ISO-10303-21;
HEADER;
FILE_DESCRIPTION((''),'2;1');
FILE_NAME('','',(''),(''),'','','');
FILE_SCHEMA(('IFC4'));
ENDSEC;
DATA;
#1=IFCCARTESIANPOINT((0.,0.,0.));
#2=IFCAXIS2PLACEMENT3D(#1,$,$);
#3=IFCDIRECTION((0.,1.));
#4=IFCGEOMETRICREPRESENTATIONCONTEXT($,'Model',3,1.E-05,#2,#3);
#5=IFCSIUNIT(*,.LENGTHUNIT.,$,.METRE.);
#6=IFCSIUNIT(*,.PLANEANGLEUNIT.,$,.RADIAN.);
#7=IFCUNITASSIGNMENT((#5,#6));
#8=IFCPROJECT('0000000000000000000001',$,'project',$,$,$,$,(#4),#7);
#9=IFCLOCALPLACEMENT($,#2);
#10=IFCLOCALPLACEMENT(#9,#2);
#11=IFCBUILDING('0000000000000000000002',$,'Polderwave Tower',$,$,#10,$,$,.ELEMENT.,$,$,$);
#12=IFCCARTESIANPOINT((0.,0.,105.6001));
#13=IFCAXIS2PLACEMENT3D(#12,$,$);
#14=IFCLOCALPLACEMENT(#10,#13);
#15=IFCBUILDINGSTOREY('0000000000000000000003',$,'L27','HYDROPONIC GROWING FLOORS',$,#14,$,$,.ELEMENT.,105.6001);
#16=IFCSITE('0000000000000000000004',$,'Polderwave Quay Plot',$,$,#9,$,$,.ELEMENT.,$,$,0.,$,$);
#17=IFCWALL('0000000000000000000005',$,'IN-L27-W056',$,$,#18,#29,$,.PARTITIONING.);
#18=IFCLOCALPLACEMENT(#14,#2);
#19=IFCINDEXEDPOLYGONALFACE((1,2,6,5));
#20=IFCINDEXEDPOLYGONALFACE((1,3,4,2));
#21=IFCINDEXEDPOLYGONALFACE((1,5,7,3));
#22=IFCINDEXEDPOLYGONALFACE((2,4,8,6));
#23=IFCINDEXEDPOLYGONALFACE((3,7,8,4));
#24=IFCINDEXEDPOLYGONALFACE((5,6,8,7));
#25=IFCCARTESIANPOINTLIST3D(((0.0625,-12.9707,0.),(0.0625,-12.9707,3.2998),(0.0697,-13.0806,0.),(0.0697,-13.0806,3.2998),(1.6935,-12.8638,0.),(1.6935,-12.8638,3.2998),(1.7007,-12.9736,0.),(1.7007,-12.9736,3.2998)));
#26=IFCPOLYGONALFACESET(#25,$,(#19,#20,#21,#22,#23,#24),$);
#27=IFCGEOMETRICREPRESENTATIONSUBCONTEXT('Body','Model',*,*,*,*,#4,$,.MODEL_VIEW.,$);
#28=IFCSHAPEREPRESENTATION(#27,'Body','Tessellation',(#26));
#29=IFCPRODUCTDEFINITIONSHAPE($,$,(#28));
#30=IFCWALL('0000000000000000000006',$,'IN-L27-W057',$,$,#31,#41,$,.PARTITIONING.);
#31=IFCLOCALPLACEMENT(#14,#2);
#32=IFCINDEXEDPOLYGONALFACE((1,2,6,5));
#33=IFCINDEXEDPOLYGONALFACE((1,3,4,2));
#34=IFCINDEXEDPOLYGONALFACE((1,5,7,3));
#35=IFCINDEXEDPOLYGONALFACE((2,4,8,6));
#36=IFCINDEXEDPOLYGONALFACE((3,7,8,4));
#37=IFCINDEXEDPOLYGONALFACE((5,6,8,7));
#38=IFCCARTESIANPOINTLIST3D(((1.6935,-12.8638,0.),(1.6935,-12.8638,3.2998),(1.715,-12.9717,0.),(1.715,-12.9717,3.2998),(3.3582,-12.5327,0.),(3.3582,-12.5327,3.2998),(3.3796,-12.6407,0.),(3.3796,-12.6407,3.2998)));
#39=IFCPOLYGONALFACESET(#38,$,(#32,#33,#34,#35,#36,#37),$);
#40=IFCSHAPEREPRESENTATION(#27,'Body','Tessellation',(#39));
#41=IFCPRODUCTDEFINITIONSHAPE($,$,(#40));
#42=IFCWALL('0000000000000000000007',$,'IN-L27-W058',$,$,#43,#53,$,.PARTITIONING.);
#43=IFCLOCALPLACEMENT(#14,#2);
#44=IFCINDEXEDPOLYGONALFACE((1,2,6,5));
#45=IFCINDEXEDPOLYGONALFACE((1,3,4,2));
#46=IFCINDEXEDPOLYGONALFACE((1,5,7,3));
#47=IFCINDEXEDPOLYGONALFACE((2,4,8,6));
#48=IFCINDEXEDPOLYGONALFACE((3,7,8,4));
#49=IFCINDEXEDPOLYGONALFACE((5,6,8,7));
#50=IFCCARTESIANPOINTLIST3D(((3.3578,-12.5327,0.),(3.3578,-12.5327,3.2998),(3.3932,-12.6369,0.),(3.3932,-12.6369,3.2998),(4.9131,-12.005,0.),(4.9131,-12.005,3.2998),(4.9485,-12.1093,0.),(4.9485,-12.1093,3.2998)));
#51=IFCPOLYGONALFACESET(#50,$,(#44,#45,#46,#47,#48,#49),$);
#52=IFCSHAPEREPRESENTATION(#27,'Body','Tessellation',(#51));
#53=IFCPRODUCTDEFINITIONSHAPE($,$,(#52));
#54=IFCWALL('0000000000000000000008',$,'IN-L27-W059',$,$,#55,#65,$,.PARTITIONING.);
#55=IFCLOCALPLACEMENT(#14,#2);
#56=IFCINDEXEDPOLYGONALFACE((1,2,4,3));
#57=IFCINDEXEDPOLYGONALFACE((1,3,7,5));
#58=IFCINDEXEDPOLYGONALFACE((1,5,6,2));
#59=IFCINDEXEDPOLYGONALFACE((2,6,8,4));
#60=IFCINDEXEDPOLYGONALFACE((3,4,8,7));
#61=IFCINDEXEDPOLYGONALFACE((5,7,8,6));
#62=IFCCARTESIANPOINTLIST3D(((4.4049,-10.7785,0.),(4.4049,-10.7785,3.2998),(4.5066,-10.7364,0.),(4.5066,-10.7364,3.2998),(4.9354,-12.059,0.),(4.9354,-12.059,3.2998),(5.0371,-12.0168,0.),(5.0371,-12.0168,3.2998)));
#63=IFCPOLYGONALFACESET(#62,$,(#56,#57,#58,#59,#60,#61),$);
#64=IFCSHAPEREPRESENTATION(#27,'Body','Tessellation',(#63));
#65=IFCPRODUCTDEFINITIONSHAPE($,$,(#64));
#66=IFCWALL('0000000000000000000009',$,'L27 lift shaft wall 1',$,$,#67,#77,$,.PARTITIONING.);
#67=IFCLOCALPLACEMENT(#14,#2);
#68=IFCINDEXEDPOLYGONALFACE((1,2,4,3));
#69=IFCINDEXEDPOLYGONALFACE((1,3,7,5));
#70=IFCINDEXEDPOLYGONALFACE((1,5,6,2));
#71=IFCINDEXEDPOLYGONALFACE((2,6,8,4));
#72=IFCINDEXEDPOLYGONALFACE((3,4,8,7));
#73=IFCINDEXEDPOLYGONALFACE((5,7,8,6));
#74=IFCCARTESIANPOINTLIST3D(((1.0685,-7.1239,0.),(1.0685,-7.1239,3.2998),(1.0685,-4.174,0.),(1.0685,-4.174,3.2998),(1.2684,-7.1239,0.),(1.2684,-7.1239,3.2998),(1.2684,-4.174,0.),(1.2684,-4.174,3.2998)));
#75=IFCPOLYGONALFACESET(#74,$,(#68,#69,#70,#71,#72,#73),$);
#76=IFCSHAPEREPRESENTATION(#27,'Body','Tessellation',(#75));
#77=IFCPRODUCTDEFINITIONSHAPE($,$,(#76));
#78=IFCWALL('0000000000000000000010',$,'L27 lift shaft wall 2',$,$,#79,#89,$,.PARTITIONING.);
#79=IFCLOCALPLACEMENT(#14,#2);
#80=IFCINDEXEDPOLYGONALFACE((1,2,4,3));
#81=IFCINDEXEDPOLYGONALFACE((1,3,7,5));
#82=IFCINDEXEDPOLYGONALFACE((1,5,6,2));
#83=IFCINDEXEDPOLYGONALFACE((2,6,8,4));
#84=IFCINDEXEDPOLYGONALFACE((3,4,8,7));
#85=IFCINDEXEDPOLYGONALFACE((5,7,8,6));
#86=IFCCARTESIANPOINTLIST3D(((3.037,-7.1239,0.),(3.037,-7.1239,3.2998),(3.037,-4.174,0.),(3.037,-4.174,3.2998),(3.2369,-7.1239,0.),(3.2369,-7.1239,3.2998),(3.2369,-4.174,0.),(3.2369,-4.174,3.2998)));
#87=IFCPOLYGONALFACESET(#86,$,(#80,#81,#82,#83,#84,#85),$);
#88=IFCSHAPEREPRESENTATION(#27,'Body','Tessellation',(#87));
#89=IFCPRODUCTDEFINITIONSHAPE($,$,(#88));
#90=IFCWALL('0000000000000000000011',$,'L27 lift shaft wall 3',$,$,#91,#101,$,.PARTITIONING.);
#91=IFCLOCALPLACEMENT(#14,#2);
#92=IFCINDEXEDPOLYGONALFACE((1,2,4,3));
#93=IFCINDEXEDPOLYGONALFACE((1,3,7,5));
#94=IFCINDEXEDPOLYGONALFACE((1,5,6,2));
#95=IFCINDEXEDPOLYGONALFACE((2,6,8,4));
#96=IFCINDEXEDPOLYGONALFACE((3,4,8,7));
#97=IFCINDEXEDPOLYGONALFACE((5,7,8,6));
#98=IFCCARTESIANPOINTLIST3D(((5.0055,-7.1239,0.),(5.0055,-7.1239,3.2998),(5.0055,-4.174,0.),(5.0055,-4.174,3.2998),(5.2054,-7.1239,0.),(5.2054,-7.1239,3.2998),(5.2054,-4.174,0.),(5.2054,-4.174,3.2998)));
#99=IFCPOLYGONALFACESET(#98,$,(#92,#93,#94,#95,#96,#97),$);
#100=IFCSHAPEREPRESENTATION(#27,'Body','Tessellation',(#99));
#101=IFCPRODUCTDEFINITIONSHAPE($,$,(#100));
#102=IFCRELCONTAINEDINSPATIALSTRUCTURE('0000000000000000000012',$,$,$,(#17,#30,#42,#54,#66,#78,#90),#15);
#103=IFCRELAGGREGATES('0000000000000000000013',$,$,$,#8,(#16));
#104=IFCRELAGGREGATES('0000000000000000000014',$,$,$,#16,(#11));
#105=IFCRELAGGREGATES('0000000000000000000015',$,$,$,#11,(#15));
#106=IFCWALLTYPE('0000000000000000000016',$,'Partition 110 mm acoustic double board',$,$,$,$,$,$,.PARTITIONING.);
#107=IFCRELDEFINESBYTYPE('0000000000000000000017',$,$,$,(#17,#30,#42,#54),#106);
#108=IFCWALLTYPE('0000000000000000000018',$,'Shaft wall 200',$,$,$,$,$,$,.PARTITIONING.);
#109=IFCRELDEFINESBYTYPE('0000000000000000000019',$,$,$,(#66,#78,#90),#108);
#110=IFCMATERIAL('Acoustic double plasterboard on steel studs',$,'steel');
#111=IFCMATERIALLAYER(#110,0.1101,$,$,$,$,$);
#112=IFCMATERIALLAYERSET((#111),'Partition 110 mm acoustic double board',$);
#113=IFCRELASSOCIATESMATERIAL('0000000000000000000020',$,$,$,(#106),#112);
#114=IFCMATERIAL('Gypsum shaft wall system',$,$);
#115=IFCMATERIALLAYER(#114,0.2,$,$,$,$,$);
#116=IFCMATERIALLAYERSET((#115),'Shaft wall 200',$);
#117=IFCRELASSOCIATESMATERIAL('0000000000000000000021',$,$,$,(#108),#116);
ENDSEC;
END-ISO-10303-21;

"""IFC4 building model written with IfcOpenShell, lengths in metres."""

from ifc_helpers import new_model, si_unit, direction, frame, frame_2d, origin, place, context, subcontext, project, spatial, rectangle, extrude, material, layer, layer_set, type_object, element, save


model = new_model("IFC4")

# Units and contexts
model_context = context("Model", 3, precision=1e-05, world=origin(), true_north=direction((0.0, 1.0)))
body_context = subcontext(model_context, "Body", "Model", "MODEL_VIEW")
ifc_project = project(units=[si_unit("LENGTHUNIT", "METRE"), si_unit("PLANEANGLEUNIT", "RADIAN")], contexts=[model_context])

# Site, building, storey
site_placement = place(None, origin())
site = spatial("IfcSite", under=ifc_project, at=site_placement, Name="Polderwave Quay Plot", CompositionType="ELEMENT", RefElevation=0.0)
building_placement = place(site_placement, origin())
building = spatial("IfcBuilding", under=site, at=building_placement, Name="Polderwave Tower", CompositionType="ELEMENT")
storey_placement = place(building_placement, frame((0.0, 0.0, 105.6001)))
storey = spatial("IfcBuildingStorey", under=building, at=storey_placement, Name="L27", Description="HYDROPONIC GROWING FLOORS", CompositionType="ELEMENT", Elevation=105.6001)

# Walls
ifc_material_1 = material(Name="Acoustic double plasterboard on steel studs", Category="steel")
ifc_layer_1 = layer(ifc_material_1, 0.1101)
ifc_layer_set_1 = layer_set([ifc_layer_1], Name="Partition 110 mm acoustic double board")
wall_type_1 = type_object("IfcWallType", Name="Partition 110 mm acoustic double board", PredefinedType="PARTITIONING", material=ifc_layer_set_1)
wall_1_placement = place(storey_placement, frame((1.6973, -12.9187, 0.0), z_axis=(0.0, 0.0, 1.0), x_axis=(-0.997858, -0.065419, 0.0)))
element("IfcWall", 1, at=wall_1_placement, inside=storey, type_object=wall_type_1, Name="IN-L27-W056", PredefinedType="PARTITIONING", context=body_context, shape_type="SweptSolid", body=[
    extrude(rectangle(XDim=1.6345, YDim=0.1101, at=frame_2d((0.8174, 0.0))), origin(), (0.0, 0.0, 1.0), 3.2998),
])
wall_2_placement = place(storey_placement, frame((3.3689, -12.5867, 0.0), z_axis=(0.0, 0.0, 1.0), x_axis=(-0.98079, -0.195065, 0.0)))
element("IfcWall", 2, at=wall_2_placement, inside=storey, type_object=wall_type_1, Name="IN-L27-W057", PredefinedType="PARTITIONING", context=body_context, shape_type="SweptSolid", body=[
    extrude(rectangle(XDim=1.6973, YDim=0.1101, at=frame_2d((0.8486, 0.0))), origin(), (0.0, 0.0, 1.0), 3.2998),
])
wall_3_placement = place(storey_placement, frame((4.9309, -12.0571, 0.0), z_axis=(0.0, 0.0, 1.0), x_axis=(-0.94699, -0.321263, 0.0)))
element("IfcWall", 3, at=wall_3_placement, inside=storey, type_object=wall_type_1, Name="IN-L27-W058", PredefinedType="PARTITIONING", context=body_context, shape_type="SweptSolid", body=[
    extrude(rectangle(XDim=1.6423, YDim=0.1101, at=frame_2d((0.8213, 0.0))), origin(), (0.0, 0.0, 1.0), 3.2998),
])
wall_4_placement = place(storey_placement, frame((4.4558, -10.7576, 0.0), z_axis=(0.0, 0.0, 1.0), x_axis=(0.382751, -0.923852, 0.0)))
element("IfcWall", 4, at=wall_4_placement, inside=storey, type_object=wall_type_1, Name="IN-L27-W059", PredefinedType="PARTITIONING", context=body_context, shape_type="SweptSolid", body=[
    extrude(rectangle(XDim=1.386, YDim=0.1101, at=frame_2d((0.6929, 0.0))), origin(), (0.0, 0.0, 1.0), 3.2998),
])
ifc_material_2 = material(Name="Gypsum shaft wall system")
ifc_layer_2 = layer(ifc_material_2, 0.2)
ifc_layer_set_2 = layer_set([ifc_layer_2], Name="Shaft wall 200")
wall_type_2 = type_object("IfcWallType", Name="Shaft wall 200", PredefinedType="PARTITIONING", material=ifc_layer_set_2)
for number, where, z_axis, x_axis, name in (
    (5, (1.1685, -7.124, 0.0), (0.0, 0.0, 1.0), (0.0, 1.0, 0.0), "L27 lift shaft wall 1"),
    (6, (3.137, -7.124, 0.0), (0.0, 0.0, 1.0), (0.0, 1.0, 0.0), "L27 lift shaft wall 2"),
    (7, (5.1055, -7.124, 0.0), (0.0, 0.0, 1.0), (0.0, 1.0, 0.0), "L27 lift shaft wall 3"),
):
    element("IfcWall", number, at=place(storey_placement, frame(where, z_axis=z_axis, x_axis=x_axis)), inside=storey, type_object=wall_type_2, Name=name, PredefinedType="PARTITIONING", context=body_context, shape_type="SweptSolid", body=[
        extrude(rectangle(XDim=2.95, YDim=0.2, at=frame_2d((1.4751, 0.0))), origin(), (0.0, 0.0, 1.0), 3.2998),
    ])

save(model, "model.ifc")
